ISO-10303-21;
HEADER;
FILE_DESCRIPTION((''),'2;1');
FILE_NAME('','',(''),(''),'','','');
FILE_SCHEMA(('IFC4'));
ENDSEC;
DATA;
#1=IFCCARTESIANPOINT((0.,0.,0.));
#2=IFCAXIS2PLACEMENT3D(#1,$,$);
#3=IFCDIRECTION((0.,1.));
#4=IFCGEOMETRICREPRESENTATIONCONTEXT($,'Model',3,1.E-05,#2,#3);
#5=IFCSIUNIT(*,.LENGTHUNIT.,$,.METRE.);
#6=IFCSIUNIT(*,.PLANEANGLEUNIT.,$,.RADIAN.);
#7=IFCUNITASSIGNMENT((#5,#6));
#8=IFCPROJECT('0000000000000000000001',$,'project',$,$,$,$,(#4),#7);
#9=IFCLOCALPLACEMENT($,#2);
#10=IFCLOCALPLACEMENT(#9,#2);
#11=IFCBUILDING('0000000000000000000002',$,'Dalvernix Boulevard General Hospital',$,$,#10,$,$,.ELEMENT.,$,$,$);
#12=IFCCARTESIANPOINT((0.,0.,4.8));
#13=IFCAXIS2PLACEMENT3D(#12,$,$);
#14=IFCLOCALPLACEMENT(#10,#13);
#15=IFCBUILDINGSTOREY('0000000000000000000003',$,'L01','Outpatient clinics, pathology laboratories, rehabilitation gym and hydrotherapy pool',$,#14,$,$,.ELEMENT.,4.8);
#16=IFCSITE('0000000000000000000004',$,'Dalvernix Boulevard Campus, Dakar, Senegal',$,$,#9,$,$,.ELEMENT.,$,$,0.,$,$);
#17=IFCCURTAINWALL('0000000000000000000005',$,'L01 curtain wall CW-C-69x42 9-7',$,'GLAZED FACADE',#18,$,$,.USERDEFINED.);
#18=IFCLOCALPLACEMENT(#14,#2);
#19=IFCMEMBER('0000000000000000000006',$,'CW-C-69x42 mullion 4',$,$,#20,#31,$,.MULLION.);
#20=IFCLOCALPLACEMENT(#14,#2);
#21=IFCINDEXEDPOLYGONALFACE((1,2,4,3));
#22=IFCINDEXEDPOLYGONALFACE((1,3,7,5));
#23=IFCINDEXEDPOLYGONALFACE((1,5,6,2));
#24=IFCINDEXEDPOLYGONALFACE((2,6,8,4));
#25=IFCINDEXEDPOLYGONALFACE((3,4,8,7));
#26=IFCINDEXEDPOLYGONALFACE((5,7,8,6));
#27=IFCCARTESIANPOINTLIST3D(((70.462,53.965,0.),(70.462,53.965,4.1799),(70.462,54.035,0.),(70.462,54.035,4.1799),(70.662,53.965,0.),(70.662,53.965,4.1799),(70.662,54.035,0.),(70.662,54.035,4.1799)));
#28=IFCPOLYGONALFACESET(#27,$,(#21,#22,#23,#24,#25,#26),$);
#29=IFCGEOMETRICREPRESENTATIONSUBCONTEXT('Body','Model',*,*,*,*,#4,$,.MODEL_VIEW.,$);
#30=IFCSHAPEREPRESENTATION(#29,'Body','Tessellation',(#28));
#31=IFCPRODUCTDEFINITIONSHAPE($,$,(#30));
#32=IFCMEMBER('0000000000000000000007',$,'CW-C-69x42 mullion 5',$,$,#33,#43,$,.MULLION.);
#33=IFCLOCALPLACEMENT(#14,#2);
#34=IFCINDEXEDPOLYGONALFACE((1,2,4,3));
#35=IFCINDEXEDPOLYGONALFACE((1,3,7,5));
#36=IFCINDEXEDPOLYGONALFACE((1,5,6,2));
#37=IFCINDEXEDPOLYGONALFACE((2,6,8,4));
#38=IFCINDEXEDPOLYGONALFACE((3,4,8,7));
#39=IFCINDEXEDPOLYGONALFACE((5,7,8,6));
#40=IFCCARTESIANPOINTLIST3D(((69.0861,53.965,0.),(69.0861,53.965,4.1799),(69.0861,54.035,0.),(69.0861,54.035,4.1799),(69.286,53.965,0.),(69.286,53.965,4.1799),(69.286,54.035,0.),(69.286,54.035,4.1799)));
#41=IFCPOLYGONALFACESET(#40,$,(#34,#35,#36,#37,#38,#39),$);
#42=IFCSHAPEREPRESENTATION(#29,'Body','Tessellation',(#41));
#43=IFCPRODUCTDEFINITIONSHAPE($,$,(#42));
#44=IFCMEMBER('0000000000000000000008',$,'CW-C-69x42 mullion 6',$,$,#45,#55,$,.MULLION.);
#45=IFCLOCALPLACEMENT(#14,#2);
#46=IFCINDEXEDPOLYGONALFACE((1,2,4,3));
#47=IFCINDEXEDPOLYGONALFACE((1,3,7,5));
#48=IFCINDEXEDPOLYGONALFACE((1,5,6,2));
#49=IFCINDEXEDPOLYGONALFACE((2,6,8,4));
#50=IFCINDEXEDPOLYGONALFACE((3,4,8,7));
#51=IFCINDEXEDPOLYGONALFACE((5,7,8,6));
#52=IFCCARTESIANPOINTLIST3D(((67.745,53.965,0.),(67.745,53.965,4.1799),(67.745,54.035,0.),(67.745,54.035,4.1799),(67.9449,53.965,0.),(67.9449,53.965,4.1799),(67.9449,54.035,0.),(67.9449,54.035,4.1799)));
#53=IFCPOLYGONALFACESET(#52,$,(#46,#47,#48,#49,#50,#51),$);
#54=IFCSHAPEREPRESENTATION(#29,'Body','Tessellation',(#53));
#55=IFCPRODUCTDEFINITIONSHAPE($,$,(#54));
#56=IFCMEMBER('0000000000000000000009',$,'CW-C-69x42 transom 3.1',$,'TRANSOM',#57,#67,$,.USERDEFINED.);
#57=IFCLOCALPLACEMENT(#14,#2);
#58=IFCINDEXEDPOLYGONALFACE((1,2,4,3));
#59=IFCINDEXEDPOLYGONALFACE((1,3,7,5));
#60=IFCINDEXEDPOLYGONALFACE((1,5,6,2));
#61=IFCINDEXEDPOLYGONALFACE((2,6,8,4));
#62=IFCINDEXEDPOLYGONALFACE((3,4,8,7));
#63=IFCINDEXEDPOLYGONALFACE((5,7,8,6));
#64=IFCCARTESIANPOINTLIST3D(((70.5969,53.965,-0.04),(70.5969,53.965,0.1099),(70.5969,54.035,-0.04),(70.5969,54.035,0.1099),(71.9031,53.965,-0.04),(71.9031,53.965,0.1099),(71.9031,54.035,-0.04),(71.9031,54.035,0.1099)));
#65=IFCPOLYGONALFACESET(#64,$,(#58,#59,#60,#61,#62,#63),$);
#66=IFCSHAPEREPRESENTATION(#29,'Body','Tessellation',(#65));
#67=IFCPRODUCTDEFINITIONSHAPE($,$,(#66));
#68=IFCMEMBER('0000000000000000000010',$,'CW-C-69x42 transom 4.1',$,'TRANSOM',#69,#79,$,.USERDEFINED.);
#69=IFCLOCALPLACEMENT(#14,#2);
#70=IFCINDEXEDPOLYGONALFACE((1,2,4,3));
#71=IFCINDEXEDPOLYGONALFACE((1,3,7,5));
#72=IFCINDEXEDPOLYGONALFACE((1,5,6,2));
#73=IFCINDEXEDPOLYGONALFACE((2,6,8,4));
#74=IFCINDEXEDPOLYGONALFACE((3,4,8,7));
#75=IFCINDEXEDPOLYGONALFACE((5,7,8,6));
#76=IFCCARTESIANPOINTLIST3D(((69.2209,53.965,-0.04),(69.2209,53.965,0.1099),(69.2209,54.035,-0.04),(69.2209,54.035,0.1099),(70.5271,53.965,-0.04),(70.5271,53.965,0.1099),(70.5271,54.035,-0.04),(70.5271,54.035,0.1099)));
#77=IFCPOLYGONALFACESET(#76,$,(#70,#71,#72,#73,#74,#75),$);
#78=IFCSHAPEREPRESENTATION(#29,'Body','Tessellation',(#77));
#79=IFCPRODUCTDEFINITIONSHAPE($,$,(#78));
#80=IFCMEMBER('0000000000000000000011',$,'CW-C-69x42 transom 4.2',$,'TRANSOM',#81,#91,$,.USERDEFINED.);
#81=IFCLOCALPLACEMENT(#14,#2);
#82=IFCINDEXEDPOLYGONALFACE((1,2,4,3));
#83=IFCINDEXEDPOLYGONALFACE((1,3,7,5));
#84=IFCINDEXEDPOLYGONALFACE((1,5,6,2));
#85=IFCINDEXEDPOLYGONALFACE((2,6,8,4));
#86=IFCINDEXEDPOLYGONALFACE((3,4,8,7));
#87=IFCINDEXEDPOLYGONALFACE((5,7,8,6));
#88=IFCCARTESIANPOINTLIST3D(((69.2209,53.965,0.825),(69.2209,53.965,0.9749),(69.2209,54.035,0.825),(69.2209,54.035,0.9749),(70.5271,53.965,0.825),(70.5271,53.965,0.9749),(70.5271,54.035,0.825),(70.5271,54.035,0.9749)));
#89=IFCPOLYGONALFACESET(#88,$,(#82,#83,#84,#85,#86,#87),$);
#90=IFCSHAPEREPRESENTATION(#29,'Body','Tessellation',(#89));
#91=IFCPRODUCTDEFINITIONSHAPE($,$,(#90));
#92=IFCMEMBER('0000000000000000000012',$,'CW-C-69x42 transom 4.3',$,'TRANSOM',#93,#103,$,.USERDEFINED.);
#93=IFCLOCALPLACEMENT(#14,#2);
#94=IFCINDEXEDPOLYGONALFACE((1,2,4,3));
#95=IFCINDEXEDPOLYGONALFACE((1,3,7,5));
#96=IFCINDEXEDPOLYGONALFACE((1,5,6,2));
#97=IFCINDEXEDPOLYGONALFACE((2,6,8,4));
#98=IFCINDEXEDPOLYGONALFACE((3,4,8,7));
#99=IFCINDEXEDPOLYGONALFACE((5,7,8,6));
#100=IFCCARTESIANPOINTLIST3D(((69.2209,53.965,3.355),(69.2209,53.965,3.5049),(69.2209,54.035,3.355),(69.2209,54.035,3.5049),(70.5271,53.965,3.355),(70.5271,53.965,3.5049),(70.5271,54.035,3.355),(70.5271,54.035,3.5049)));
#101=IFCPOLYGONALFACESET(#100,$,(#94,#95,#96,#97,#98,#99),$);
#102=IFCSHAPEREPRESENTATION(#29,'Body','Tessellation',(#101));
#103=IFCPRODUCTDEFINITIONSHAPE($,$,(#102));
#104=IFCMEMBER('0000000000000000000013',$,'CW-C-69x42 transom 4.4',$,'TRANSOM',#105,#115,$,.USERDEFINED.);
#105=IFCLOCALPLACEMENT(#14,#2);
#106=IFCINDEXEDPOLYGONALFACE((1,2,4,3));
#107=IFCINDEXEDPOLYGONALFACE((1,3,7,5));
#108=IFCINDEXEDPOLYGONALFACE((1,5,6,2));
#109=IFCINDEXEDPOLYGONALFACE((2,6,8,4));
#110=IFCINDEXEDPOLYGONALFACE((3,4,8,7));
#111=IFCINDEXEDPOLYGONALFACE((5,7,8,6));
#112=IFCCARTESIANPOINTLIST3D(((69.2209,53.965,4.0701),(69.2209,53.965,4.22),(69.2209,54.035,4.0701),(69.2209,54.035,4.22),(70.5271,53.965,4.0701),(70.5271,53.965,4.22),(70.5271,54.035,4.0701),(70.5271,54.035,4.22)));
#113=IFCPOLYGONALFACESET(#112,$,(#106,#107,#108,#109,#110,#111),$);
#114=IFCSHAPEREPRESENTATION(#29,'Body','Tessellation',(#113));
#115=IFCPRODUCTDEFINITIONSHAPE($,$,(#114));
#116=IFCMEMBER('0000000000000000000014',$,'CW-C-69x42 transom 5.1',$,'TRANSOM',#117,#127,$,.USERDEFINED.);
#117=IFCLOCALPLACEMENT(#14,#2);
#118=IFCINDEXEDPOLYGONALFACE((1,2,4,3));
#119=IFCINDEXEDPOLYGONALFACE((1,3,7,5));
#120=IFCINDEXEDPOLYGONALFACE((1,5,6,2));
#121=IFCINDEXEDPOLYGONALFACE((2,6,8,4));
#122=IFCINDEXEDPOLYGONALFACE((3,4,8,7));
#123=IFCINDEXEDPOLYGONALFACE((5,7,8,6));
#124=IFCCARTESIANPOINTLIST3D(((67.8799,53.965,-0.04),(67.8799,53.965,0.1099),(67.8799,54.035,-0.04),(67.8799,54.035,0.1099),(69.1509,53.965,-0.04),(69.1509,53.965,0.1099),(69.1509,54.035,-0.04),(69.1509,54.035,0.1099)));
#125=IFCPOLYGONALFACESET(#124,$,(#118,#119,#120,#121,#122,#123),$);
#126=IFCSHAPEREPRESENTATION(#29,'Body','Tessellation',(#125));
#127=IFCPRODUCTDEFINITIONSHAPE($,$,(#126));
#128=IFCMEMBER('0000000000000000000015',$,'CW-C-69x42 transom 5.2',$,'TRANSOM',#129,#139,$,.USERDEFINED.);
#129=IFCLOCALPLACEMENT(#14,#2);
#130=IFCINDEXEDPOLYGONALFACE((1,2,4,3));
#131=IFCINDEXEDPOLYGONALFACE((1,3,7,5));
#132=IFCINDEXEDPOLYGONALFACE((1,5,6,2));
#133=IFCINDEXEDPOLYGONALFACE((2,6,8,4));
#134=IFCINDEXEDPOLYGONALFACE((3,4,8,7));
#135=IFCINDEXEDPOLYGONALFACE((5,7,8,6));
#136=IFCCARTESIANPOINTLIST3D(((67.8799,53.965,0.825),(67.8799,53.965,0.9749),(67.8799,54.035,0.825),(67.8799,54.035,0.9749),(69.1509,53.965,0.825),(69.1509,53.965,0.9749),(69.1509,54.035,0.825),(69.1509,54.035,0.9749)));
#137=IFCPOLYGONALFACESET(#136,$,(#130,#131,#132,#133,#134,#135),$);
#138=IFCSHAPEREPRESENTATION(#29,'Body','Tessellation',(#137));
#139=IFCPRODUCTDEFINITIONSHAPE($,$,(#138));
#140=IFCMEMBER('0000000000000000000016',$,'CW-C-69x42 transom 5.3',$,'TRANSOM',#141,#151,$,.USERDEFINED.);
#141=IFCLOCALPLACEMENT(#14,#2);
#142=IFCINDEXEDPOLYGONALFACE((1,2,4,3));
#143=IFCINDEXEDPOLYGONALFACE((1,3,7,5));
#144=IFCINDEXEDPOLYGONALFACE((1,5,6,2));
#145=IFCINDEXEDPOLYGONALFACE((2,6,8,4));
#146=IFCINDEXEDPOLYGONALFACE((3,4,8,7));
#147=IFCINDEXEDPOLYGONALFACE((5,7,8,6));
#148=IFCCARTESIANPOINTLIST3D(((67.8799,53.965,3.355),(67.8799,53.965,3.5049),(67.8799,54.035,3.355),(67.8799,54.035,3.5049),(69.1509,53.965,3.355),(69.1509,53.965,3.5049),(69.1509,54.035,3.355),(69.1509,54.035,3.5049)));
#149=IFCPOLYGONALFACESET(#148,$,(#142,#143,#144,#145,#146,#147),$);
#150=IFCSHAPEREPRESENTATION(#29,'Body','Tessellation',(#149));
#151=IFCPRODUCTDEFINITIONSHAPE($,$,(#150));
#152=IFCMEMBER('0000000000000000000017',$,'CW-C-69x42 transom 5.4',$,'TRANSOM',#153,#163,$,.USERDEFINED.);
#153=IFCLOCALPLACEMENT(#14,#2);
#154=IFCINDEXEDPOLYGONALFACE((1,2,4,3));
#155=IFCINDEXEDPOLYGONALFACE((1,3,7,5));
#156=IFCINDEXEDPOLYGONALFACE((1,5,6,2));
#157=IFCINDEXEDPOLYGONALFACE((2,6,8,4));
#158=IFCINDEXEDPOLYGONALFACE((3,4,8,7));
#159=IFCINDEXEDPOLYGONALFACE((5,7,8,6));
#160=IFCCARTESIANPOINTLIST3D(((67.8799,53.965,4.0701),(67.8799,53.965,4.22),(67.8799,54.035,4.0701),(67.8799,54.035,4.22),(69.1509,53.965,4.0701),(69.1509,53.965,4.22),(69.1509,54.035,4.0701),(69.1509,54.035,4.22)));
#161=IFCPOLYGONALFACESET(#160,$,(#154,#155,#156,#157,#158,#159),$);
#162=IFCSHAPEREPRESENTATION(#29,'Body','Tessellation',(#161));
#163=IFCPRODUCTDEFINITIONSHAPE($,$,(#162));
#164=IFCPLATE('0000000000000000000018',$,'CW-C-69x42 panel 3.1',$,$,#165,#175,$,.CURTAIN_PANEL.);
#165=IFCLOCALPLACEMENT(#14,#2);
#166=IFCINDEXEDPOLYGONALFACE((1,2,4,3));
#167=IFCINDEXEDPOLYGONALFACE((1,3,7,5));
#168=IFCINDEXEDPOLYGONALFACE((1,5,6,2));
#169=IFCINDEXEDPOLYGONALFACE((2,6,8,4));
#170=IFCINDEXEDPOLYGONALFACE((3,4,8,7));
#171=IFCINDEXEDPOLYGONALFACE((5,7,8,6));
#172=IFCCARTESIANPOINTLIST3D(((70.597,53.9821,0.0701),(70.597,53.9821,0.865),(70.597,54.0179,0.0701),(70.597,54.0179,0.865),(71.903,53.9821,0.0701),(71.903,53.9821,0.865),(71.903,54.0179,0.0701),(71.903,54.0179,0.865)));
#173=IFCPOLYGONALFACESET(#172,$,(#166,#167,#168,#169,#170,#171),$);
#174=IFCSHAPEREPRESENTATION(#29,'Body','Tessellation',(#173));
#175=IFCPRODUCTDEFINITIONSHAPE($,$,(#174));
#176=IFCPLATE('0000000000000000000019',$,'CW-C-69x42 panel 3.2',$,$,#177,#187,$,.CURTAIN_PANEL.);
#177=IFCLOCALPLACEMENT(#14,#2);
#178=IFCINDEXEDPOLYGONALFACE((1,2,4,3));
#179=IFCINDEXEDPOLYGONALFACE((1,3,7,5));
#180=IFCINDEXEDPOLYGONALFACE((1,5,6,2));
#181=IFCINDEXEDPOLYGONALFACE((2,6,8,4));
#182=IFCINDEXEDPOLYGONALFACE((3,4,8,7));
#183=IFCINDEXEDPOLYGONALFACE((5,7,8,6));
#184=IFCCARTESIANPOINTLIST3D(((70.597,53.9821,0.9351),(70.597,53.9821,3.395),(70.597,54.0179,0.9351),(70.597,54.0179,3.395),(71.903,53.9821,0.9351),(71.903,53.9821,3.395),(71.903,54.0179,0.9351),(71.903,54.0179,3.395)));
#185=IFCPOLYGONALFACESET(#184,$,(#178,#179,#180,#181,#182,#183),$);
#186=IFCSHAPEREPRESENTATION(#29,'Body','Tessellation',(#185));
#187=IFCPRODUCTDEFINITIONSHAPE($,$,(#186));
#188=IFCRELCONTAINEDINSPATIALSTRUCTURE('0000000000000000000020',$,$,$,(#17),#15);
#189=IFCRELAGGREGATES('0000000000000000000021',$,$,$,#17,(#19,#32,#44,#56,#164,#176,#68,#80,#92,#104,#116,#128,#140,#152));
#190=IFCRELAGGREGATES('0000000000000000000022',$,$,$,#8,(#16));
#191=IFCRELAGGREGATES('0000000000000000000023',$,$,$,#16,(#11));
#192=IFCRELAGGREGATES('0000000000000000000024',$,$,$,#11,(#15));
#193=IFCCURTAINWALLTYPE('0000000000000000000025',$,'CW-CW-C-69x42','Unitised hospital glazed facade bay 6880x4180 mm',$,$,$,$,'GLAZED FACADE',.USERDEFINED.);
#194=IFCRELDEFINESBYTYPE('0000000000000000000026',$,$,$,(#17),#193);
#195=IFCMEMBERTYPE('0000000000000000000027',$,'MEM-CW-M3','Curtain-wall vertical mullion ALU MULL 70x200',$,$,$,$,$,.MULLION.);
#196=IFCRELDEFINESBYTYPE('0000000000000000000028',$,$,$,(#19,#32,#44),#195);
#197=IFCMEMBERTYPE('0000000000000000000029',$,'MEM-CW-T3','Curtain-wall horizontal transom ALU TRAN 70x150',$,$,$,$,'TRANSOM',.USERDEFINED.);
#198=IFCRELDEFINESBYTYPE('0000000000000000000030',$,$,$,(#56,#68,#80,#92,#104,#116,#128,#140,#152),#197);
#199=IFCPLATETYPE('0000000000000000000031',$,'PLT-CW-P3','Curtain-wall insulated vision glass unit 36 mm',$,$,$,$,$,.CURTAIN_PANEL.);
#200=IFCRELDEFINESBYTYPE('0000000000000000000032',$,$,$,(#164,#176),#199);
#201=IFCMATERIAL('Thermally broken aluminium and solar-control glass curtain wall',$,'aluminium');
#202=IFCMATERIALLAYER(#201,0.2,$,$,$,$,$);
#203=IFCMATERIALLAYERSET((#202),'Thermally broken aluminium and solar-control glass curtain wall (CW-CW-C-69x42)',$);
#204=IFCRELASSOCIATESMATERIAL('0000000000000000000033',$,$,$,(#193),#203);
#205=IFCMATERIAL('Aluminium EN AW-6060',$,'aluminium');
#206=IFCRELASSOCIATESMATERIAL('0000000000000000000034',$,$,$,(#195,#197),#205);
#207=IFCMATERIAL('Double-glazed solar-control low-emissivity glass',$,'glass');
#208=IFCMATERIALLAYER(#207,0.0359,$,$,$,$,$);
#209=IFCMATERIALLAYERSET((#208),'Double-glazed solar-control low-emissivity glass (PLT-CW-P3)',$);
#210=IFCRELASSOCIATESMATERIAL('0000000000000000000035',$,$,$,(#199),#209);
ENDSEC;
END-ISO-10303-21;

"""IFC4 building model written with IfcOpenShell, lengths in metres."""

from ifc_helpers import new_model, si_unit, direction, frame, origin, origin_2d, place, context, subcontext, project, spatial, rectangle, extrude, material, layer, layer_set, material_profile, profile_set, type_object, element, aggregate, save


model = new_model("IFC4")

# Units and contexts
model_context = context("Model", 3, precision=1e-05, world=origin(), true_north=direction((0.0, 1.0)))
body_context = subcontext(model_context, "Body", "Model", "MODEL_VIEW")
ifc_project = project(units=[si_unit("LENGTHUNIT", "METRE"), si_unit("PLANEANGLEUNIT", "RADIAN")], contexts=[model_context])

# Site, building, storey
site_placement = place(None, origin())
site = spatial("IfcSite", under=ifc_project, at=site_placement, Name="Dalvernix Boulevard Campus, Dakar, Senegal", CompositionType="ELEMENT", RefElevation=0.0)
building_placement = place(site_placement, origin())
building = spatial("IfcBuilding", under=site, at=building_placement, Name="Dalvernix Boulevard General Hospital", CompositionType="ELEMENT")
storey_placement = place(building_placement, frame((0.0, 0.0, 4.8)))
storey = spatial("IfcBuildingStorey", under=building, at=storey_placement, Name="L01", Description="Outpatient clinics, pathology laboratories, rehabilitation gym and hydrotherapy pool", CompositionType="ELEMENT", Elevation=4.8)

# Curtain wall, members, plates
ifc_material_1 = material(Name="Thermally broken aluminium and solar-control glass curtain wall", Category="aluminium")
ifc_layer_1 = layer(ifc_material_1, 0.2)
ifc_layer_set_1 = layer_set([ifc_layer_1], Name="Thermally broken aluminium and solar-control glass curtain wall (CW-CW-C-69x42)")
curtain_wall_type = type_object("IfcCurtainWallType", Name="CW-CW-C-69x42", Description="Unitised hospital glazed facade bay 6880x4180 mm", ElementType="GLAZED FACADE", PredefinedType="USERDEFINED", material=ifc_layer_set_1)
curtain_wall_placement = place(storey_placement, origin())
curtain_wall = element("IfcCurtainWall", 1, at=curtain_wall_placement, inside=storey, type_object=curtain_wall_type, Name="L01 curtain wall CW-C-69x42 9-7", ObjectType="GLAZED FACADE", PredefinedType="USERDEFINED")
ifc_material_2 = material(Name="Aluminium EN AW-6060", Category="aluminium")
ifc_material_profile_1 = material_profile(ifc_material_2, rectangle(XDim=0.0701, YDim=0.2, at=origin_2d()), Name="ALU MULL 70x200")
ifc_profile_set_1 = profile_set([ifc_material_profile_1], Name="Aluminium EN AW-6060")
member_type_1 = type_object("IfcMemberType", Name="MEM-CW-M3", Description="Curtain-wall vertical mullion ALU MULL 70x200", PredefinedType="MULLION", material=ifc_profile_set_1)
member_1_placement = place(storey_placement, frame((70.562, 54.0, 0.0), z_axis=(0.0, 0.0, 1.0), x_axis=(0.0, -1.0, 0.0)))
member_1 = element("IfcMember", 2, at=member_1_placement, type_object=member_type_1, Name="CW-C-69x42 mullion 4", PredefinedType="MULLION", context=body_context, shape_type="SweptSolid", body=[
    extrude(rectangle(XDim=0.0701, YDim=0.2, at=origin_2d()), origin(), (0.0, 0.0, 1.0), 4.1799),
])
member_2_placement = place(storey_placement, frame((69.186, 54.0, 0.0), z_axis=(0.0, 0.0, 1.0), x_axis=(0.0, -1.0, 0.0)))
member_2 = element("IfcMember", 3, at=member_2_placement, type_object=member_type_1, Name="CW-C-69x42 mullion 5", PredefinedType="MULLION", context=body_context, shape_type="SweptSolid", body=[
    extrude(rectangle(XDim=0.0701, YDim=0.2, at=origin_2d()), origin(), (0.0, 0.0, 1.0), 4.1799),
])
member_3_placement = place(storey_placement, frame((67.845, 54.0, 0.0), z_axis=(0.0, 0.0, 1.0), x_axis=(0.0, -1.0, 0.0)))
member_3 = element("IfcMember", 4, at=member_3_placement, type_object=member_type_1, Name="CW-C-69x42 mullion 6", PredefinedType="MULLION", context=body_context, shape_type="SweptSolid", body=[
    extrude(rectangle(XDim=0.0701, YDim=0.2, at=origin_2d()), origin(), (0.0, 0.0, 1.0), 4.1799),
])
ifc_material_profile_2 = material_profile(ifc_material_2, rectangle(XDim=0.0701, YDim=0.1499, at=origin_2d()), Name="ALU TRAN 70x150")
ifc_profile_set_2 = profile_set([ifc_material_profile_2], Name="Aluminium EN AW-6060")
member_type_2 = type_object("IfcMemberType", Name="MEM-CW-T3", Description="Curtain-wall horizontal transom ALU TRAN 70x150", ElementType="TRANSOM", PredefinedType="USERDEFINED", material=ifc_profile_set_2)
member_4_placement = place(storey_placement, frame((71.9031, 54.0, 0.0349), z_axis=(-1.0, 0.0, 0.0), x_axis=(0.0, -1.0, 0.0)))
member_4 = element("IfcMember", 5, at=member_4_placement, type_object=member_type_2, Name="CW-C-69x42 transom 3.1", ObjectType="TRANSOM", PredefinedType="USERDEFINED", context=body_context, shape_type="SweptSolid", body=[
    extrude(rectangle(XDim=0.0701, YDim=0.1499, at=origin_2d()), origin(), (0.0, 0.0, 1.0), 1.3062),
])
member_5_placement = place(storey_placement, frame((70.5271, 54.0, 0.0349), z_axis=(-1.0, 0.0, 0.0), x_axis=(0.0, -1.0, 0.0)))
member_5 = element("IfcMember", 6, at=member_5_placement, type_object=member_type_2, Name="CW-C-69x42 transom 4.1", ObjectType="TRANSOM", PredefinedType="USERDEFINED", context=body_context, shape_type="SweptSolid", body=[
    extrude(rectangle(XDim=0.0701, YDim=0.1499, at=origin_2d()), origin(), (0.0, 0.0, 1.0), 1.3062),
])
member_6_placement = place(storey_placement, frame((70.5271, 54.0, 0.8999), z_axis=(-1.0, 0.0, 0.0), x_axis=(0.0, -1.0, 0.0)))
member_6 = element("IfcMember", 7, at=member_6_placement, type_object=member_type_2, Name="CW-C-69x42 transom 4.2", ObjectType="TRANSOM", PredefinedType="USERDEFINED", context=body_context, shape_type="SweptSolid", body=[
    extrude(rectangle(XDim=0.0701, YDim=0.1499, at=origin_2d()), origin(), (0.0, 0.0, 1.0), 1.3062),
])
member_7_placement = place(storey_placement, frame((70.5271, 54.0, 3.4299), z_axis=(-1.0, 0.0, 0.0), x_axis=(0.0, -1.0, 0.0)))
member_7 = element("IfcMember", 8, at=member_7_placement, type_object=member_type_2, Name="CW-C-69x42 transom 4.3", ObjectType="TRANSOM", PredefinedType="USERDEFINED", context=body_context, shape_type="SweptSolid", body=[
    extrude(rectangle(XDim=0.0701, YDim=0.1499, at=origin_2d()), origin(), (0.0, 0.0, 1.0), 1.3062),
])
member_8_placement = place(storey_placement, frame((70.5271, 54.0, 4.145), z_axis=(-1.0, 0.0, 0.0), x_axis=(0.0, -1.0, 0.0)))
member_8 = element("IfcMember", 9, at=member_8_placement, type_object=member_type_2, Name="CW-C-69x42 transom 4.4", ObjectType="TRANSOM", PredefinedType="USERDEFINED", context=body_context, shape_type="SweptSolid", body=[
    extrude(rectangle(XDim=0.0701, YDim=0.1499, at=origin_2d()), origin(), (0.0, 0.0, 1.0), 1.3062),
])
member_9_placement = place(storey_placement, frame((69.1509, 54.0, 0.0349), z_axis=(-1.0, 0.0, 0.0), x_axis=(0.0, -1.0, 0.0)))
member_9 = element("IfcMember", 10, at=member_9_placement, type_object=member_type_2, Name="CW-C-69x42 transom 5.1", ObjectType="TRANSOM", PredefinedType="USERDEFINED", context=body_context, shape_type="SweptSolid", body=[
    extrude(rectangle(XDim=0.0701, YDim=0.1499, at=origin_2d()), origin(), (0.0, 0.0, 1.0), 1.271),
])
member_10_placement = place(storey_placement, frame((69.1509, 54.0, 0.8999), z_axis=(-1.0, 0.0, 0.0), x_axis=(0.0, -1.0, 0.0)))
member_10 = element("IfcMember", 11, at=member_10_placement, type_object=member_type_2, Name="CW-C-69x42 transom 5.2", ObjectType="TRANSOM", PredefinedType="USERDEFINED", context=body_context, shape_type="SweptSolid", body=[
    extrude(rectangle(XDim=0.0701, YDim=0.1499, at=origin_2d()), origin(), (0.0, 0.0, 1.0), 1.271),
])
member_11_placement = place(storey_placement, frame((69.1509, 54.0, 3.4299), z_axis=(-1.0, 0.0, 0.0), x_axis=(0.0, -1.0, 0.0)))
member_11 = element("IfcMember", 12, at=member_11_placement, type_object=member_type_2, Name="CW-C-69x42 transom 5.3", ObjectType="TRANSOM", PredefinedType="USERDEFINED", context=body_context, shape_type="SweptSolid", body=[
    extrude(rectangle(XDim=0.0701, YDim=0.1499, at=origin_2d()), origin(), (0.0, 0.0, 1.0), 1.271),
])
member_12_placement = place(storey_placement, frame((69.1509, 54.0, 4.145), z_axis=(-1.0, 0.0, 0.0), x_axis=(0.0, -1.0, 0.0)))
member_12 = element("IfcMember", 13, at=member_12_placement, type_object=member_type_2, Name="CW-C-69x42 transom 5.4", ObjectType="TRANSOM", PredefinedType="USERDEFINED", context=body_context, shape_type="SweptSolid", body=[
    extrude(rectangle(XDim=0.0701, YDim=0.1499, at=origin_2d()), origin(), (0.0, 0.0, 1.0), 1.271),
])
ifc_material_3 = material(Name="Double-glazed solar-control low-emissivity glass", Category="glass")
ifc_layer_2 = layer(ifc_material_3, 0.0359)
ifc_layer_set_2 = layer_set([ifc_layer_2], Name="Double-glazed solar-control low-emissivity glass (PLT-CW-P3)")
plate_type = type_object("IfcPlateType", Name="PLT-CW-P3", Description="Curtain-wall insulated vision glass unit 36 mm", PredefinedType="CURTAIN_PANEL", material=ifc_layer_set_2)
plate_1_placement = place(storey_placement, frame((71.25, 54.0, 0.0701), z_axis=(0.0, 0.0, 1.0), x_axis=(-1.0, 0.0, 0.0)))
plate_1 = element("IfcPlate", 14, at=plate_1_placement, type_object=plate_type, Name="CW-C-69x42 panel 3.1", PredefinedType="CURTAIN_PANEL", context=body_context, shape_type="SweptSolid", body=[
    extrude(rectangle(XDim=1.3059, YDim=0.0359, at=origin_2d()), origin(), (0.0, 0.0, 1.0), 0.7949),
])
plate_2_placement = place(storey_placement, frame((71.25, 54.0, 0.9351), z_axis=(0.0, 0.0, 1.0), x_axis=(-1.0, 0.0, 0.0)))
plate_2 = element("IfcPlate", 15, at=plate_2_placement, type_object=plate_type, Name="CW-C-69x42 panel 3.2", PredefinedType="CURTAIN_PANEL", context=body_context, shape_type="SweptSolid", body=[
    extrude(rectangle(XDim=1.3059, YDim=0.0359, at=origin_2d()), origin(), (0.0, 0.0, 1.0), 2.46),
])
aggregate(curtain_wall, [member_1, member_2, member_3, member_4, plate_1, plate_2, member_5, member_6, member_7, member_8, member_9, member_10, member_11, member_12])

save(model, "model.ifc")
